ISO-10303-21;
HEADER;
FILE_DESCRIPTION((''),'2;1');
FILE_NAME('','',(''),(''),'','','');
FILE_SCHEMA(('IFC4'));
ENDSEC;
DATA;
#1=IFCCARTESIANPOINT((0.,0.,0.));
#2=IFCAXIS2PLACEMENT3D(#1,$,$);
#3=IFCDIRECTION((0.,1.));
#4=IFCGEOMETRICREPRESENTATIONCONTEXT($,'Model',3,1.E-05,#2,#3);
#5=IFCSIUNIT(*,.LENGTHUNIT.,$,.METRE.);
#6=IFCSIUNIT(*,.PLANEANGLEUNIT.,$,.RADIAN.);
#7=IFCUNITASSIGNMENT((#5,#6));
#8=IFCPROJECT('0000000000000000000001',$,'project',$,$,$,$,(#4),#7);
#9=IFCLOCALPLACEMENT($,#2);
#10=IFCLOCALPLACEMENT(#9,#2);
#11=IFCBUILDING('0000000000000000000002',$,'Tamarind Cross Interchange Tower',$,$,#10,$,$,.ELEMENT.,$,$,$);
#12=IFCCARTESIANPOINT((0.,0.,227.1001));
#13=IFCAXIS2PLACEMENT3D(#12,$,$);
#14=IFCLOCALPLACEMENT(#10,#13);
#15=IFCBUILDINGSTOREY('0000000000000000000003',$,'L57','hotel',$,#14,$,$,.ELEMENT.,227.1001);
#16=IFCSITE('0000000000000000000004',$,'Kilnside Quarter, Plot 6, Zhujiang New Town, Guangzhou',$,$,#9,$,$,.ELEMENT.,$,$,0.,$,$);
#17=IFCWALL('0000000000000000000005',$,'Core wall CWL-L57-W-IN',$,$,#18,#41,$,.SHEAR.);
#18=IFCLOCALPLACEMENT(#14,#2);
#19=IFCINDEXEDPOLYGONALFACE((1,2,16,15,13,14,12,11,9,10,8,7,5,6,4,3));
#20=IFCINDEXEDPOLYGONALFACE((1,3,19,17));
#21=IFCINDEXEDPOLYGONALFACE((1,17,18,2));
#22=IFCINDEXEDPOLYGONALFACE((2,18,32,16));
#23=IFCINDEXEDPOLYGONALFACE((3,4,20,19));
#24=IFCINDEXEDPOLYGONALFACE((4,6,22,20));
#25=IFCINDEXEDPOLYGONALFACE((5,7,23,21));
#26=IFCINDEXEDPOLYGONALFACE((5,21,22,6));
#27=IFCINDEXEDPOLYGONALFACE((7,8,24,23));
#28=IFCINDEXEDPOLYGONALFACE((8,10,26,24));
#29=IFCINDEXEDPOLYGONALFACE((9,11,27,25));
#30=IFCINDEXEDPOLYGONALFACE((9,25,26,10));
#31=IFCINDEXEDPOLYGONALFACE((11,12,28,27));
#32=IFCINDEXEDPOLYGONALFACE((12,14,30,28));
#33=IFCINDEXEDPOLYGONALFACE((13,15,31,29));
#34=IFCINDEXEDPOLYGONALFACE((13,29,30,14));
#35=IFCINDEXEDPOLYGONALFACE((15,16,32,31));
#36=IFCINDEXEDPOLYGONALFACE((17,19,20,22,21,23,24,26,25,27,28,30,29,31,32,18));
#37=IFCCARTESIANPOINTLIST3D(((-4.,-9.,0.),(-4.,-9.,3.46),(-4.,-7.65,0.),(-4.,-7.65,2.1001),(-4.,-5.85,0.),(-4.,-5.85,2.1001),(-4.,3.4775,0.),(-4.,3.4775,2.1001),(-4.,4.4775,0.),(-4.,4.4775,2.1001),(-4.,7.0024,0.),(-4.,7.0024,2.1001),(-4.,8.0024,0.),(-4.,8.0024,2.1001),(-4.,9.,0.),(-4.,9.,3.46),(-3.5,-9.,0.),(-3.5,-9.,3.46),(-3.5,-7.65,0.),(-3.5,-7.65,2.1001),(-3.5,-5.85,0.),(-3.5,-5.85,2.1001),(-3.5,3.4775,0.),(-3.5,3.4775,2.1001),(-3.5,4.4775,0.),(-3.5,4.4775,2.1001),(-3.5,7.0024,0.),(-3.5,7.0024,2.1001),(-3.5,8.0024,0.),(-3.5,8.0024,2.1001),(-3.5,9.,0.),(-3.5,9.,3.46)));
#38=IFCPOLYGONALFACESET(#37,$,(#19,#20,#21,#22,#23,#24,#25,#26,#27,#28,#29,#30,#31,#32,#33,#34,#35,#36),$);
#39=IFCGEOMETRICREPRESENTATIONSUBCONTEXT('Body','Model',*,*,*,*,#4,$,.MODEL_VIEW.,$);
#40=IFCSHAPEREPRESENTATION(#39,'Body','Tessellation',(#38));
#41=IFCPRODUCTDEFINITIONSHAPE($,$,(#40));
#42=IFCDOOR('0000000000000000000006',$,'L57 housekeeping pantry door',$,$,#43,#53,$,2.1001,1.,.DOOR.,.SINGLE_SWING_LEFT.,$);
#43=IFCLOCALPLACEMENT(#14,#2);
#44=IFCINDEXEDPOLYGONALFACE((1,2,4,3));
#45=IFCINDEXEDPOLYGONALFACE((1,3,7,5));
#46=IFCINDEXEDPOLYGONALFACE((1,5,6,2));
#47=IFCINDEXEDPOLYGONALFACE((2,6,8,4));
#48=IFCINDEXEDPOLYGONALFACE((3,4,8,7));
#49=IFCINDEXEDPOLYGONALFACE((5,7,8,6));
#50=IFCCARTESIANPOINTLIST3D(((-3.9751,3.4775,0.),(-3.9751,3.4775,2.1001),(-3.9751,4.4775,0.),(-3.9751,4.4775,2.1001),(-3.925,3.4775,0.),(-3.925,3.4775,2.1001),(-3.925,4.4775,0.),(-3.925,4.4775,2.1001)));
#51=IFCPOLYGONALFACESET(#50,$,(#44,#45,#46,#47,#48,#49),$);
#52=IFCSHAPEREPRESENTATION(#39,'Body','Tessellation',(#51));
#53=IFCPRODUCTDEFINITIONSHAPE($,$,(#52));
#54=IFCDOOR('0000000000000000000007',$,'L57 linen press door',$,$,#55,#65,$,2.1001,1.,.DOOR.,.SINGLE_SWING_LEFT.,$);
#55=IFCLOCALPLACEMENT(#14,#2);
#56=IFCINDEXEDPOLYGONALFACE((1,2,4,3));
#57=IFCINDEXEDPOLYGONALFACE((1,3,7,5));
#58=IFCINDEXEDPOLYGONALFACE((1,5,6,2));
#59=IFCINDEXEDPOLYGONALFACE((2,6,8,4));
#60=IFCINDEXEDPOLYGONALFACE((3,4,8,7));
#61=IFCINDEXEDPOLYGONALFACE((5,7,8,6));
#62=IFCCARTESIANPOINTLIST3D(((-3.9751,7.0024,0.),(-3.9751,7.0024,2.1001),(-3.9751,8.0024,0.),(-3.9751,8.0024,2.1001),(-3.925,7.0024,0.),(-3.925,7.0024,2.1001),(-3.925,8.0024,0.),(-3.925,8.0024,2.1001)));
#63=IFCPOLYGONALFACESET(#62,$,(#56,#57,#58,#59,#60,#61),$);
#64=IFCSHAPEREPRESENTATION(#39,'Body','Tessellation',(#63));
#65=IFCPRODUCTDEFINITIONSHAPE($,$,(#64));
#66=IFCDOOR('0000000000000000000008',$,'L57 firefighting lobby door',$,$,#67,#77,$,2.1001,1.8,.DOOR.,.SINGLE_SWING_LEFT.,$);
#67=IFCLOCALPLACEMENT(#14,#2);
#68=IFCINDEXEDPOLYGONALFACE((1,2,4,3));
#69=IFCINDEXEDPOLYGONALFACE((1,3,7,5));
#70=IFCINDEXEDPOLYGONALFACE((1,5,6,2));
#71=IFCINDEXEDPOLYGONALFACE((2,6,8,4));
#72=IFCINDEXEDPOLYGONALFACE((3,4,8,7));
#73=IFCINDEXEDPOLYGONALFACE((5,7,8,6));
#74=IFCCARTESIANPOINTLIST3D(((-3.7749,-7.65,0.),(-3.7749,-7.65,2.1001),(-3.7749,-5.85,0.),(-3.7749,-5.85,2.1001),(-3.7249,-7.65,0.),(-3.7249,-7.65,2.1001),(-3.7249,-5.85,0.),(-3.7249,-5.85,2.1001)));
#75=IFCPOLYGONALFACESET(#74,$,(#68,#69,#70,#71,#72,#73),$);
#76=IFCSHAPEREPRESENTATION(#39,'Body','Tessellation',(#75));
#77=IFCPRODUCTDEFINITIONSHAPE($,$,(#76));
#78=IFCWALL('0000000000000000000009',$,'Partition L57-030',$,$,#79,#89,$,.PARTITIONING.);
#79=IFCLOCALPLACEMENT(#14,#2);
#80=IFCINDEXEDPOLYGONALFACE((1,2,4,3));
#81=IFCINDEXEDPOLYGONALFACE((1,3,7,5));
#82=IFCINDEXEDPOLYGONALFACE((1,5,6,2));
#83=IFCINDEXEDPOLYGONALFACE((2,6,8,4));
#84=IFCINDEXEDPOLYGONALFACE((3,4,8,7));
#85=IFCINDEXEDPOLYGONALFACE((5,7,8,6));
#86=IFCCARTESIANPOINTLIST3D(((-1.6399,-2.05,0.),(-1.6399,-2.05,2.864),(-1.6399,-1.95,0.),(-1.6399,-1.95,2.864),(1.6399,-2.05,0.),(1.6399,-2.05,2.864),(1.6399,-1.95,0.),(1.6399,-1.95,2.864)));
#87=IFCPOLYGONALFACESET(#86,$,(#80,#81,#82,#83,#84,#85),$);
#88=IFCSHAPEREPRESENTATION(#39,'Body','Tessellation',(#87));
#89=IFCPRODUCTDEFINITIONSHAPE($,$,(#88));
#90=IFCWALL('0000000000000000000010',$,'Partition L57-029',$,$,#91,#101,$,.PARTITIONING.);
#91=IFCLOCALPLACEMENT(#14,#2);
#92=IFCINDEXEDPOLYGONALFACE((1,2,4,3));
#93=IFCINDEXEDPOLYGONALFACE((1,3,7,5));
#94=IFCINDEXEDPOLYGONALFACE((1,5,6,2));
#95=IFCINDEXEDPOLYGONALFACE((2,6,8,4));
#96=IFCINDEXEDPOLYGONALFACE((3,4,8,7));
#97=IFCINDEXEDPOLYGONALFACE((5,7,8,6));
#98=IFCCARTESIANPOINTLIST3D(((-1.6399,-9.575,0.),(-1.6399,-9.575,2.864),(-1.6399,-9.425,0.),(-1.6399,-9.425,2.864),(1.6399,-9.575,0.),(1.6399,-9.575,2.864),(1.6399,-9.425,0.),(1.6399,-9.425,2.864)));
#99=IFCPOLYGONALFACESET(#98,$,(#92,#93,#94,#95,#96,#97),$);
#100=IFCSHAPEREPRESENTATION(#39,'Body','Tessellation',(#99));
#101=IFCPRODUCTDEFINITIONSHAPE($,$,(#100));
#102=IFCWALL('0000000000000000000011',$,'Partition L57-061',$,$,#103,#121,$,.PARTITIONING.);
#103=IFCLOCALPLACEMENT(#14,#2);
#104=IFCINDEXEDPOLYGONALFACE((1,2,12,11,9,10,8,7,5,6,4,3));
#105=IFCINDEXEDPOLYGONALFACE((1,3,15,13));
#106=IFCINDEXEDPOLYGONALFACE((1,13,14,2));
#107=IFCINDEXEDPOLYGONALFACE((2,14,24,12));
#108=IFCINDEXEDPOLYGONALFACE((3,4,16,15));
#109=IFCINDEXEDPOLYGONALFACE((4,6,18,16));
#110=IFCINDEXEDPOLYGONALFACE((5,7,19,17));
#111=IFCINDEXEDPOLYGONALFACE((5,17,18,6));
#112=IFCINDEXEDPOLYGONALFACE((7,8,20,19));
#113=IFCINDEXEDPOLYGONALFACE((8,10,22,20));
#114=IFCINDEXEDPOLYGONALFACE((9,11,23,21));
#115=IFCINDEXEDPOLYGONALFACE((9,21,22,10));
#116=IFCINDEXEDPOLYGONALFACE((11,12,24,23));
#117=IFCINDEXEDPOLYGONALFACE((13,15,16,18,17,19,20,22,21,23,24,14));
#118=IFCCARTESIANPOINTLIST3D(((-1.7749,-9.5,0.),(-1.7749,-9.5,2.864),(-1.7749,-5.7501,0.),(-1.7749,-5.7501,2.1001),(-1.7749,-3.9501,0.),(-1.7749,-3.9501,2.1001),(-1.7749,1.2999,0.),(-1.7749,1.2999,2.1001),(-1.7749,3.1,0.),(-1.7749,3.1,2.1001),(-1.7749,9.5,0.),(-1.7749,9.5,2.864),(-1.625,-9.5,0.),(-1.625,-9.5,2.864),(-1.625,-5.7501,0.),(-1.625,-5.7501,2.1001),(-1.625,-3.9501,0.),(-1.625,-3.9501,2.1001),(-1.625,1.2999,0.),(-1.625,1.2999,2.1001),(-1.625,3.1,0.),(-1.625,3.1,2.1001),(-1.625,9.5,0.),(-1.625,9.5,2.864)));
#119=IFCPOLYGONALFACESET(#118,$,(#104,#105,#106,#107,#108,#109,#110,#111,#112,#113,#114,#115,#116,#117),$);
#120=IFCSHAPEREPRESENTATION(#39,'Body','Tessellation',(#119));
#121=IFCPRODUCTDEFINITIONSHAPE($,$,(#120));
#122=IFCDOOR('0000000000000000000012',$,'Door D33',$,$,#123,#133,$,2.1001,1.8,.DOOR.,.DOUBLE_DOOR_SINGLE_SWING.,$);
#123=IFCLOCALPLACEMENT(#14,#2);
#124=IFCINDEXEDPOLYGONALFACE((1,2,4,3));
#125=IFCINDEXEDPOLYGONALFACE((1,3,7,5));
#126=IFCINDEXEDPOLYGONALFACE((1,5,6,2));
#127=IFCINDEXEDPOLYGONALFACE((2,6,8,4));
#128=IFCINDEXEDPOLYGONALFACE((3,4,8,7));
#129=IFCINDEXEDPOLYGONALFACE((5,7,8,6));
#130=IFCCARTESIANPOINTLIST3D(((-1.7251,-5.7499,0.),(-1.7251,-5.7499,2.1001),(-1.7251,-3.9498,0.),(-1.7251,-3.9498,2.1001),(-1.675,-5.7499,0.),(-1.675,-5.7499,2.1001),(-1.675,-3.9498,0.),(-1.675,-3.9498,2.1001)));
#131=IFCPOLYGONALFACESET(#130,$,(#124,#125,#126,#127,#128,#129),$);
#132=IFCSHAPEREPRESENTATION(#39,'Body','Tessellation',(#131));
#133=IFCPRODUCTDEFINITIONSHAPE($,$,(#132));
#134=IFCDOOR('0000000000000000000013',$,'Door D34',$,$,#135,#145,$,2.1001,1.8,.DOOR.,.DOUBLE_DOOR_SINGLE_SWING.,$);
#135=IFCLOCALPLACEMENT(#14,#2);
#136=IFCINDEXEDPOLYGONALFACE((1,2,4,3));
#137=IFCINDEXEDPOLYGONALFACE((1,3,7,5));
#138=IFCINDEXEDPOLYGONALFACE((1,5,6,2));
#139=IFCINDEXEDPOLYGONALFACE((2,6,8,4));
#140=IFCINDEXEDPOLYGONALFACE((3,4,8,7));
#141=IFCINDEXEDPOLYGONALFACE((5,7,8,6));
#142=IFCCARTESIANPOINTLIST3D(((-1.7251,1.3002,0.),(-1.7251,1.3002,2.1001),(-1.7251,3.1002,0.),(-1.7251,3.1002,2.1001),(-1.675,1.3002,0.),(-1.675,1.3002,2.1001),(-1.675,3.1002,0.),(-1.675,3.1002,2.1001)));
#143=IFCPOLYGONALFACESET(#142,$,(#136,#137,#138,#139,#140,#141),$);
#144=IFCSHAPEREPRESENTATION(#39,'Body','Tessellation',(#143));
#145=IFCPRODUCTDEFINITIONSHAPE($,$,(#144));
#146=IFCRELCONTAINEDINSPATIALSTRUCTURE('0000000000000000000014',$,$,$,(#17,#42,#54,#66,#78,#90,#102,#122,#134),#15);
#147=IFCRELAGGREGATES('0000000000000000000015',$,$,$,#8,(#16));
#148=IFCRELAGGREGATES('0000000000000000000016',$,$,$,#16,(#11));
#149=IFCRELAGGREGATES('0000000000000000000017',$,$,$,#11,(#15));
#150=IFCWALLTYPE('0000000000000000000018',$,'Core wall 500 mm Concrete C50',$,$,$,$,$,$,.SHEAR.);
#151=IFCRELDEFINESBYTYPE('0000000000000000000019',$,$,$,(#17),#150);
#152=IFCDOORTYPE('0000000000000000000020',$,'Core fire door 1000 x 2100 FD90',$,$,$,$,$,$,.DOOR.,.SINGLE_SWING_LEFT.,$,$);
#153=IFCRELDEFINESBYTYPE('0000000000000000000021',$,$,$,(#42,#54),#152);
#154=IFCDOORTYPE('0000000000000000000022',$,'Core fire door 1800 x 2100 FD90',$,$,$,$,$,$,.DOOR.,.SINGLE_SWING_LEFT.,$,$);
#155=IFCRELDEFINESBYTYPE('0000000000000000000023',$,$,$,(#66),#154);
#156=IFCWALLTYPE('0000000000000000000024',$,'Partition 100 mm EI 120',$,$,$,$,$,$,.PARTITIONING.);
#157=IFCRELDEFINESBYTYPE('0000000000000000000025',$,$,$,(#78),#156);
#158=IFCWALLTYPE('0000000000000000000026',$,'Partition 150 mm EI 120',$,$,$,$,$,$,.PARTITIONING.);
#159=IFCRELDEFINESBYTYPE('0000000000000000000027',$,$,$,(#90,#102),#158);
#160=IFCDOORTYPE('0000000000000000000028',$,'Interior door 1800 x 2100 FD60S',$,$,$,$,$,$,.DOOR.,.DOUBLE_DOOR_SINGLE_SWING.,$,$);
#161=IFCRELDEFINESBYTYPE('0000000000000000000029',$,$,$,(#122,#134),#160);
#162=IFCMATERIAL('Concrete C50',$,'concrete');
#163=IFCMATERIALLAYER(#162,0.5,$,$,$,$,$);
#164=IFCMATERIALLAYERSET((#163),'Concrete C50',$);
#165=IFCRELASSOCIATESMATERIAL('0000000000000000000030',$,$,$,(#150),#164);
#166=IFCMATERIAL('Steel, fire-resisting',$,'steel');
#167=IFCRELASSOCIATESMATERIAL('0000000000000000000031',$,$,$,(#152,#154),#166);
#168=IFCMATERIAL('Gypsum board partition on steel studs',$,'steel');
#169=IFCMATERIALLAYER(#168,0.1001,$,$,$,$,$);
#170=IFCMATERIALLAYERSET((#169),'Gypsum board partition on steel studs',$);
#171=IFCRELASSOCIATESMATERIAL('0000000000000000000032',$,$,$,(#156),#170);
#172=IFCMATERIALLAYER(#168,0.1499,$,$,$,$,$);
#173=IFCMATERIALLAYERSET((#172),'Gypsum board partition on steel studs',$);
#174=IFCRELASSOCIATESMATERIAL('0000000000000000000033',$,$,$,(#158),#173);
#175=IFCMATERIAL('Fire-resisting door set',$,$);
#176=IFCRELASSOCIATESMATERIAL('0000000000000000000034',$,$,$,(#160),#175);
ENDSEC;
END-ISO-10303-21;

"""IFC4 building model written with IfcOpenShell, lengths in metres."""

from ifc_helpers import new_model, si_unit, direction, frame, frame_2d, origin, place, context, subcontext, project, spatial, rectangle, extrude, material, layer, layer_set, type_object, element, fill, save


model = new_model("IFC4")

# Units and contexts
model_context = context("Model", 3, precision=1e-05, world=origin(), true_north=direction((0.0, 1.0)))
body_context = subcontext(model_context, "Body", "Model", "MODEL_VIEW")
ifc_project = project(units=[si_unit("LENGTHUNIT", "METRE"), si_unit("PLANEANGLEUNIT", "RADIAN")], contexts=[model_context])

# Site, building, storey
site_placement = place(None, origin())
site = spatial("IfcSite", under=ifc_project, at=site_placement, Name="Kilnside Quarter, Plot 6, Zhujiang New Town, Guangzhou", CompositionType="ELEMENT", RefElevation=0.0)
building_placement = place(site_placement, origin())
building = spatial("IfcBuilding", under=site, at=building_placement, Name="Tamarind Cross Interchange Tower", CompositionType="ELEMENT")
storey_placement = place(building_placement, frame((0.0, 0.0, 227.1001)))
storey = spatial("IfcBuildingStorey", under=building, at=storey_placement, Name="L57", Description="hotel", CompositionType="ELEMENT", Elevation=227.1001)

# Wall, openings, doors
ifc_material_1 = material(Name="Concrete C50", Category="concrete")
ifc_layer_1 = layer(ifc_material_1, 0.5)
ifc_layer_set_1 = layer_set([ifc_layer_1], Name="Concrete C50")
wall_type_1 = type_object("IfcWallType", Name="Core wall 500 mm Concrete C50", PredefinedType="SHEAR", material=ifc_layer_set_1)
wall_1_placement = place(storey_placement, frame((-3.75, -9.0, 0.0), z_axis=(0.0, 0.0, 1.0), x_axis=(0.0, 1.0, 0.0)))
wall_1 = element("IfcWall", 1, at=wall_1_placement, inside=storey, type_object=wall_type_1, Name="Core wall CWL-L57-W-IN", PredefinedType="SHEAR", context=body_context, shape_type="SweptSolid", body=[
    extrude(rectangle(XDim=18.0, YDim=0.5, at=frame_2d((9.0, 0.0))), origin(), (0.0, 0.0, 1.0), 3.46),
])
opening_1_placement = place(wall_1_placement, frame((1.3501, 0.0, 0.0)))
opening_1 = element("IfcOpeningElement", 2, at=opening_1_placement, cuts=wall_1, PredefinedType="OPENING", context=body_context, shape_type="SweptSolid", body=[
    extrude(rectangle(XDim=1.8, YDim=2.1001, at=frame_2d((0.8999, 1.05))), frame((0.0, 0.26, 0.0), z_axis=(0.0, -1.0, 0.0), x_axis=(1.0, 0.0, 0.0)), (0.0, 0.0, 1.0), 0.52),
])
opening_2_placement = place(wall_1_placement, frame((12.4775, 0.0, 0.0)))
opening_2 = element("IfcOpeningElement", 3, at=opening_2_placement, cuts=wall_1, PredefinedType="OPENING", context=body_context, shape_type="SweptSolid", body=[
    extrude(rectangle(XDim=1.0, YDim=2.1001, at=frame_2d((0.5, 1.05))), frame((0.0, 0.26, 0.0), z_axis=(0.0, -1.0, 0.0), x_axis=(1.0, 0.0, 0.0)), (0.0, 0.0, 1.0), 0.52),
])
opening_3_placement = place(wall_1_placement, frame((16.0024, 0.0, 0.0)))
opening_3 = element("IfcOpeningElement", 4, at=opening_3_placement, cuts=wall_1, PredefinedType="OPENING", context=body_context, shape_type="SweptSolid", body=[
    extrude(rectangle(XDim=1.0, YDim=2.1001, at=frame_2d((0.5, 1.05))), frame((0.0, 0.26, 0.0), z_axis=(0.0, -1.0, 0.0), x_axis=(1.0, 0.0, 0.0)), (0.0, 0.0, 1.0), 0.52),
])
ifc_material_2 = material(Name="Steel, fire-resisting", Category="steel")
door_type_1 = type_object("IfcDoorType", Name="Core fire door 1000 x 2100 FD90", OperationType="SINGLE_SWING_LEFT", PredefinedType="DOOR", material=ifc_material_2)
door_1_placement = place(opening_2_placement, origin())
door_1 = element("IfcDoor", 5, at=door_1_placement, inside=storey, type_object=door_type_1, Name="L57 housekeeping pantry door", OperationType="SINGLE_SWING_LEFT", OverallHeight=2.1001, OverallWidth=1.0, PredefinedType="DOOR", context=body_context, shape_type="SweptSolid", body=[
    extrude(rectangle(XDim=1.0, YDim=2.1001, at=frame_2d((0.5, 1.05))), frame((0.0, 0.2251, 0.0), z_axis=(0.0, -1.0, 0.0), x_axis=(1.0, 0.0, 0.0)), (0.0, 0.0, 1.0), 0.05),
])
fill(opening_2, door_1)
door_2_placement = place(opening_3_placement, origin())
door_2 = element("IfcDoor", 6, at=door_2_placement, inside=storey, type_object=door_type_1, Name="L57 linen press door", OperationType="SINGLE_SWING_LEFT", OverallHeight=2.1001, OverallWidth=1.0, PredefinedType="DOOR", context=body_context, shape_type="SweptSolid", body=[
    extrude(rectangle(XDim=1.0, YDim=2.1001, at=frame_2d((0.5, 1.05))), frame((0.0, 0.2251, 0.0), z_axis=(0.0, -1.0, 0.0), x_axis=(1.0, 0.0, 0.0)), (0.0, 0.0, 1.0), 0.05),
])
fill(opening_3, door_2)
door_type_2 = type_object("IfcDoorType", Name="Core fire door 1800 x 2100 FD90", OperationType="SINGLE_SWING_LEFT", PredefinedType="DOOR", material=ifc_material_2)
door_3_placement = place(opening_1_placement, origin())
door_3 = element("IfcDoor", 7, at=door_3_placement, inside=storey, type_object=door_type_2, Name="L57 firefighting lobby door", OperationType="SINGLE_SWING_LEFT", OverallHeight=2.1001, OverallWidth=1.8, PredefinedType="DOOR", context=body_context, shape_type="SweptSolid", body=[
    extrude(rectangle(XDim=1.8, YDim=2.1001, at=frame_2d((0.8999, 1.05))), frame((0.0, 0.0249, 0.0), z_axis=(0.0, -1.0, 0.0), x_axis=(1.0, 0.0, 0.0)), (0.0, 0.0, 1.0), 0.05),
])
fill(opening_1, door_3)

# Walls
ifc_material_3 = material(Name="Gypsum board partition on steel studs", Category="steel")
ifc_layer_2 = layer(ifc_material_3, 0.1001)
ifc_layer_set_2 = layer_set([ifc_layer_2], Name="Gypsum board partition on steel studs")
wall_type_2 = type_object("IfcWallType", Name="Partition 100 mm EI 120", PredefinedType="PARTITIONING", material=ifc_layer_set_2)
wall_2_placement = place(storey_placement, frame((-1.6399, -2.0, 0.0), z_axis=(0.0, 0.0, 1.0), x_axis=(1.0, 0.0, 0.0)))
element("IfcWall", 8, at=wall_2_placement, inside=storey, type_object=wall_type_2, Name="Partition L57-030", PredefinedType="PARTITIONING", context=body_context, shape_type="SweptSolid", body=[
    extrude(rectangle(XDim=3.2798, YDim=0.1001, at=frame_2d((1.6399, 0.0))), origin(), (0.0, 0.0, 1.0), 2.864),
])
ifc_layer_3 = layer(ifc_material_3, 0.1499)
ifc_layer_set_3 = layer_set([ifc_layer_3], Name="Gypsum board partition on steel studs")
wall_type_3 = type_object("IfcWallType", Name="Partition 150 mm EI 120", PredefinedType="PARTITIONING", material=ifc_layer_set_3)
wall_3_placement = place(storey_placement, frame((-1.6399, -9.5, 0.0), z_axis=(0.0, 0.0, 1.0), x_axis=(1.0, 0.0, 0.0)))
element("IfcWall", 9, at=wall_3_placement, inside=storey, type_object=wall_type_3, Name="Partition L57-029", PredefinedType="PARTITIONING", context=body_context, shape_type="SweptSolid", body=[
    extrude(rectangle(XDim=3.2798, YDim=0.1499, at=frame_2d((1.6399, 0.0))), origin(), (0.0, 0.0, 1.0), 2.864),
])

# Wall, openings, doors
wall_4_placement = place(storey_placement, frame((-1.7, -9.5, 0.0), z_axis=(0.0, 0.0, 1.0), x_axis=(0.0, 1.0, 0.0)))
wall_4 = element("IfcWall", 10, at=wall_4_placement, inside=storey, type_object=wall_type_3, Name="Partition L57-061", PredefinedType="PARTITIONING", context=body_context, shape_type="SweptSolid", body=[
    extrude(rectangle(XDim=19.0, YDim=0.1499, at=frame_2d((9.5, 0.0))), origin(), (0.0, 0.0, 1.0), 2.864),
])
opening_4_placement = place(wall_4_placement, frame((3.75, 0.0, 0.0)))
opening_4 = element("IfcOpeningElement", 11, at=opening_4_placement, cuts=wall_4, PredefinedType="OPENING", context=body_context, shape_type="SweptSolid", body=[
    extrude(rectangle(XDim=1.8, YDim=2.1001, at=frame_2d((0.8999, 1.05))), frame((0.0, 0.085, 0.0), z_axis=(0.0, -1.0, 0.0), x_axis=(1.0, 0.0, 0.0)), (0.0, 0.0, 1.0), 0.1699),
])
opening_5_placement = place(wall_4_placement, frame((10.8, 0.0, 0.0)))
opening_5 = element("IfcOpeningElement", 12, at=opening_5_placement, cuts=wall_4, PredefinedType="OPENING", context=body_context, shape_type="SweptSolid", body=[
    extrude(rectangle(XDim=1.8, YDim=2.1001, at=frame_2d((0.8999, 1.05))), frame((0.0, 0.085, 0.0), z_axis=(0.0, -1.0, 0.0), x_axis=(1.0, 0.0, 0.0)), (0.0, 0.0, 1.0), 0.1699),
])
ifc_material_4 = material(Name="Fire-resisting door set")
door_type_3 = type_object("IfcDoorType", Name="Interior door 1800 x 2100 FD60S", OperationType="DOUBLE_DOOR_SINGLE_SWING", PredefinedType="DOOR", material=ifc_material_4)
door_4_placement = place(opening_4_placement, frame((1.8, 0.0, 0.0), z_axis=(0.0, 0.0, 1.0), x_axis=(-1.0, 0.0, 0.0)))
door_4 = element("IfcDoor", 13, at=door_4_placement, inside=storey, type_object=door_type_3, Name="Door D33", OperationType="DOUBLE_DOOR_SINGLE_SWING", OverallHeight=2.1001, OverallWidth=1.8, PredefinedType="DOOR", context=body_context, shape_type="SweptSolid", body=[
    extrude(rectangle(XDim=1.8, YDim=2.1001, at=frame_2d((0.8999, 1.05))), frame((0.0, 0.0249, 0.0), z_axis=(0.0, -1.0, 0.0), x_axis=(1.0, 0.0, 0.0)), (0.0, 0.0, 1.0), 0.05),
])
fill(opening_4, door_4)
door_5_placement = place(opening_5_placement, frame((1.8, 0.0, 0.0), z_axis=(0.0, 0.0, 1.0), x_axis=(-1.0, 0.0, 0.0)))
door_5 = element("IfcDoor", 14, at=door_5_placement, inside=storey, type_object=door_type_3, Name="Door D34", OperationType="DOUBLE_DOOR_SINGLE_SWING", OverallHeight=2.1001, OverallWidth=1.8, PredefinedType="DOOR", context=body_context, shape_type="SweptSolid", body=[
    extrude(rectangle(XDim=1.8, YDim=2.1001, at=frame_2d((0.8999, 1.05))), frame((0.0, 0.0249, 0.0), z_axis=(0.0, -1.0, 0.0), x_axis=(1.0, 0.0, 0.0)), (0.0, 0.0, 1.0), 0.05),
])
fill(opening_5, door_5)

save(model, "model.ifc")
